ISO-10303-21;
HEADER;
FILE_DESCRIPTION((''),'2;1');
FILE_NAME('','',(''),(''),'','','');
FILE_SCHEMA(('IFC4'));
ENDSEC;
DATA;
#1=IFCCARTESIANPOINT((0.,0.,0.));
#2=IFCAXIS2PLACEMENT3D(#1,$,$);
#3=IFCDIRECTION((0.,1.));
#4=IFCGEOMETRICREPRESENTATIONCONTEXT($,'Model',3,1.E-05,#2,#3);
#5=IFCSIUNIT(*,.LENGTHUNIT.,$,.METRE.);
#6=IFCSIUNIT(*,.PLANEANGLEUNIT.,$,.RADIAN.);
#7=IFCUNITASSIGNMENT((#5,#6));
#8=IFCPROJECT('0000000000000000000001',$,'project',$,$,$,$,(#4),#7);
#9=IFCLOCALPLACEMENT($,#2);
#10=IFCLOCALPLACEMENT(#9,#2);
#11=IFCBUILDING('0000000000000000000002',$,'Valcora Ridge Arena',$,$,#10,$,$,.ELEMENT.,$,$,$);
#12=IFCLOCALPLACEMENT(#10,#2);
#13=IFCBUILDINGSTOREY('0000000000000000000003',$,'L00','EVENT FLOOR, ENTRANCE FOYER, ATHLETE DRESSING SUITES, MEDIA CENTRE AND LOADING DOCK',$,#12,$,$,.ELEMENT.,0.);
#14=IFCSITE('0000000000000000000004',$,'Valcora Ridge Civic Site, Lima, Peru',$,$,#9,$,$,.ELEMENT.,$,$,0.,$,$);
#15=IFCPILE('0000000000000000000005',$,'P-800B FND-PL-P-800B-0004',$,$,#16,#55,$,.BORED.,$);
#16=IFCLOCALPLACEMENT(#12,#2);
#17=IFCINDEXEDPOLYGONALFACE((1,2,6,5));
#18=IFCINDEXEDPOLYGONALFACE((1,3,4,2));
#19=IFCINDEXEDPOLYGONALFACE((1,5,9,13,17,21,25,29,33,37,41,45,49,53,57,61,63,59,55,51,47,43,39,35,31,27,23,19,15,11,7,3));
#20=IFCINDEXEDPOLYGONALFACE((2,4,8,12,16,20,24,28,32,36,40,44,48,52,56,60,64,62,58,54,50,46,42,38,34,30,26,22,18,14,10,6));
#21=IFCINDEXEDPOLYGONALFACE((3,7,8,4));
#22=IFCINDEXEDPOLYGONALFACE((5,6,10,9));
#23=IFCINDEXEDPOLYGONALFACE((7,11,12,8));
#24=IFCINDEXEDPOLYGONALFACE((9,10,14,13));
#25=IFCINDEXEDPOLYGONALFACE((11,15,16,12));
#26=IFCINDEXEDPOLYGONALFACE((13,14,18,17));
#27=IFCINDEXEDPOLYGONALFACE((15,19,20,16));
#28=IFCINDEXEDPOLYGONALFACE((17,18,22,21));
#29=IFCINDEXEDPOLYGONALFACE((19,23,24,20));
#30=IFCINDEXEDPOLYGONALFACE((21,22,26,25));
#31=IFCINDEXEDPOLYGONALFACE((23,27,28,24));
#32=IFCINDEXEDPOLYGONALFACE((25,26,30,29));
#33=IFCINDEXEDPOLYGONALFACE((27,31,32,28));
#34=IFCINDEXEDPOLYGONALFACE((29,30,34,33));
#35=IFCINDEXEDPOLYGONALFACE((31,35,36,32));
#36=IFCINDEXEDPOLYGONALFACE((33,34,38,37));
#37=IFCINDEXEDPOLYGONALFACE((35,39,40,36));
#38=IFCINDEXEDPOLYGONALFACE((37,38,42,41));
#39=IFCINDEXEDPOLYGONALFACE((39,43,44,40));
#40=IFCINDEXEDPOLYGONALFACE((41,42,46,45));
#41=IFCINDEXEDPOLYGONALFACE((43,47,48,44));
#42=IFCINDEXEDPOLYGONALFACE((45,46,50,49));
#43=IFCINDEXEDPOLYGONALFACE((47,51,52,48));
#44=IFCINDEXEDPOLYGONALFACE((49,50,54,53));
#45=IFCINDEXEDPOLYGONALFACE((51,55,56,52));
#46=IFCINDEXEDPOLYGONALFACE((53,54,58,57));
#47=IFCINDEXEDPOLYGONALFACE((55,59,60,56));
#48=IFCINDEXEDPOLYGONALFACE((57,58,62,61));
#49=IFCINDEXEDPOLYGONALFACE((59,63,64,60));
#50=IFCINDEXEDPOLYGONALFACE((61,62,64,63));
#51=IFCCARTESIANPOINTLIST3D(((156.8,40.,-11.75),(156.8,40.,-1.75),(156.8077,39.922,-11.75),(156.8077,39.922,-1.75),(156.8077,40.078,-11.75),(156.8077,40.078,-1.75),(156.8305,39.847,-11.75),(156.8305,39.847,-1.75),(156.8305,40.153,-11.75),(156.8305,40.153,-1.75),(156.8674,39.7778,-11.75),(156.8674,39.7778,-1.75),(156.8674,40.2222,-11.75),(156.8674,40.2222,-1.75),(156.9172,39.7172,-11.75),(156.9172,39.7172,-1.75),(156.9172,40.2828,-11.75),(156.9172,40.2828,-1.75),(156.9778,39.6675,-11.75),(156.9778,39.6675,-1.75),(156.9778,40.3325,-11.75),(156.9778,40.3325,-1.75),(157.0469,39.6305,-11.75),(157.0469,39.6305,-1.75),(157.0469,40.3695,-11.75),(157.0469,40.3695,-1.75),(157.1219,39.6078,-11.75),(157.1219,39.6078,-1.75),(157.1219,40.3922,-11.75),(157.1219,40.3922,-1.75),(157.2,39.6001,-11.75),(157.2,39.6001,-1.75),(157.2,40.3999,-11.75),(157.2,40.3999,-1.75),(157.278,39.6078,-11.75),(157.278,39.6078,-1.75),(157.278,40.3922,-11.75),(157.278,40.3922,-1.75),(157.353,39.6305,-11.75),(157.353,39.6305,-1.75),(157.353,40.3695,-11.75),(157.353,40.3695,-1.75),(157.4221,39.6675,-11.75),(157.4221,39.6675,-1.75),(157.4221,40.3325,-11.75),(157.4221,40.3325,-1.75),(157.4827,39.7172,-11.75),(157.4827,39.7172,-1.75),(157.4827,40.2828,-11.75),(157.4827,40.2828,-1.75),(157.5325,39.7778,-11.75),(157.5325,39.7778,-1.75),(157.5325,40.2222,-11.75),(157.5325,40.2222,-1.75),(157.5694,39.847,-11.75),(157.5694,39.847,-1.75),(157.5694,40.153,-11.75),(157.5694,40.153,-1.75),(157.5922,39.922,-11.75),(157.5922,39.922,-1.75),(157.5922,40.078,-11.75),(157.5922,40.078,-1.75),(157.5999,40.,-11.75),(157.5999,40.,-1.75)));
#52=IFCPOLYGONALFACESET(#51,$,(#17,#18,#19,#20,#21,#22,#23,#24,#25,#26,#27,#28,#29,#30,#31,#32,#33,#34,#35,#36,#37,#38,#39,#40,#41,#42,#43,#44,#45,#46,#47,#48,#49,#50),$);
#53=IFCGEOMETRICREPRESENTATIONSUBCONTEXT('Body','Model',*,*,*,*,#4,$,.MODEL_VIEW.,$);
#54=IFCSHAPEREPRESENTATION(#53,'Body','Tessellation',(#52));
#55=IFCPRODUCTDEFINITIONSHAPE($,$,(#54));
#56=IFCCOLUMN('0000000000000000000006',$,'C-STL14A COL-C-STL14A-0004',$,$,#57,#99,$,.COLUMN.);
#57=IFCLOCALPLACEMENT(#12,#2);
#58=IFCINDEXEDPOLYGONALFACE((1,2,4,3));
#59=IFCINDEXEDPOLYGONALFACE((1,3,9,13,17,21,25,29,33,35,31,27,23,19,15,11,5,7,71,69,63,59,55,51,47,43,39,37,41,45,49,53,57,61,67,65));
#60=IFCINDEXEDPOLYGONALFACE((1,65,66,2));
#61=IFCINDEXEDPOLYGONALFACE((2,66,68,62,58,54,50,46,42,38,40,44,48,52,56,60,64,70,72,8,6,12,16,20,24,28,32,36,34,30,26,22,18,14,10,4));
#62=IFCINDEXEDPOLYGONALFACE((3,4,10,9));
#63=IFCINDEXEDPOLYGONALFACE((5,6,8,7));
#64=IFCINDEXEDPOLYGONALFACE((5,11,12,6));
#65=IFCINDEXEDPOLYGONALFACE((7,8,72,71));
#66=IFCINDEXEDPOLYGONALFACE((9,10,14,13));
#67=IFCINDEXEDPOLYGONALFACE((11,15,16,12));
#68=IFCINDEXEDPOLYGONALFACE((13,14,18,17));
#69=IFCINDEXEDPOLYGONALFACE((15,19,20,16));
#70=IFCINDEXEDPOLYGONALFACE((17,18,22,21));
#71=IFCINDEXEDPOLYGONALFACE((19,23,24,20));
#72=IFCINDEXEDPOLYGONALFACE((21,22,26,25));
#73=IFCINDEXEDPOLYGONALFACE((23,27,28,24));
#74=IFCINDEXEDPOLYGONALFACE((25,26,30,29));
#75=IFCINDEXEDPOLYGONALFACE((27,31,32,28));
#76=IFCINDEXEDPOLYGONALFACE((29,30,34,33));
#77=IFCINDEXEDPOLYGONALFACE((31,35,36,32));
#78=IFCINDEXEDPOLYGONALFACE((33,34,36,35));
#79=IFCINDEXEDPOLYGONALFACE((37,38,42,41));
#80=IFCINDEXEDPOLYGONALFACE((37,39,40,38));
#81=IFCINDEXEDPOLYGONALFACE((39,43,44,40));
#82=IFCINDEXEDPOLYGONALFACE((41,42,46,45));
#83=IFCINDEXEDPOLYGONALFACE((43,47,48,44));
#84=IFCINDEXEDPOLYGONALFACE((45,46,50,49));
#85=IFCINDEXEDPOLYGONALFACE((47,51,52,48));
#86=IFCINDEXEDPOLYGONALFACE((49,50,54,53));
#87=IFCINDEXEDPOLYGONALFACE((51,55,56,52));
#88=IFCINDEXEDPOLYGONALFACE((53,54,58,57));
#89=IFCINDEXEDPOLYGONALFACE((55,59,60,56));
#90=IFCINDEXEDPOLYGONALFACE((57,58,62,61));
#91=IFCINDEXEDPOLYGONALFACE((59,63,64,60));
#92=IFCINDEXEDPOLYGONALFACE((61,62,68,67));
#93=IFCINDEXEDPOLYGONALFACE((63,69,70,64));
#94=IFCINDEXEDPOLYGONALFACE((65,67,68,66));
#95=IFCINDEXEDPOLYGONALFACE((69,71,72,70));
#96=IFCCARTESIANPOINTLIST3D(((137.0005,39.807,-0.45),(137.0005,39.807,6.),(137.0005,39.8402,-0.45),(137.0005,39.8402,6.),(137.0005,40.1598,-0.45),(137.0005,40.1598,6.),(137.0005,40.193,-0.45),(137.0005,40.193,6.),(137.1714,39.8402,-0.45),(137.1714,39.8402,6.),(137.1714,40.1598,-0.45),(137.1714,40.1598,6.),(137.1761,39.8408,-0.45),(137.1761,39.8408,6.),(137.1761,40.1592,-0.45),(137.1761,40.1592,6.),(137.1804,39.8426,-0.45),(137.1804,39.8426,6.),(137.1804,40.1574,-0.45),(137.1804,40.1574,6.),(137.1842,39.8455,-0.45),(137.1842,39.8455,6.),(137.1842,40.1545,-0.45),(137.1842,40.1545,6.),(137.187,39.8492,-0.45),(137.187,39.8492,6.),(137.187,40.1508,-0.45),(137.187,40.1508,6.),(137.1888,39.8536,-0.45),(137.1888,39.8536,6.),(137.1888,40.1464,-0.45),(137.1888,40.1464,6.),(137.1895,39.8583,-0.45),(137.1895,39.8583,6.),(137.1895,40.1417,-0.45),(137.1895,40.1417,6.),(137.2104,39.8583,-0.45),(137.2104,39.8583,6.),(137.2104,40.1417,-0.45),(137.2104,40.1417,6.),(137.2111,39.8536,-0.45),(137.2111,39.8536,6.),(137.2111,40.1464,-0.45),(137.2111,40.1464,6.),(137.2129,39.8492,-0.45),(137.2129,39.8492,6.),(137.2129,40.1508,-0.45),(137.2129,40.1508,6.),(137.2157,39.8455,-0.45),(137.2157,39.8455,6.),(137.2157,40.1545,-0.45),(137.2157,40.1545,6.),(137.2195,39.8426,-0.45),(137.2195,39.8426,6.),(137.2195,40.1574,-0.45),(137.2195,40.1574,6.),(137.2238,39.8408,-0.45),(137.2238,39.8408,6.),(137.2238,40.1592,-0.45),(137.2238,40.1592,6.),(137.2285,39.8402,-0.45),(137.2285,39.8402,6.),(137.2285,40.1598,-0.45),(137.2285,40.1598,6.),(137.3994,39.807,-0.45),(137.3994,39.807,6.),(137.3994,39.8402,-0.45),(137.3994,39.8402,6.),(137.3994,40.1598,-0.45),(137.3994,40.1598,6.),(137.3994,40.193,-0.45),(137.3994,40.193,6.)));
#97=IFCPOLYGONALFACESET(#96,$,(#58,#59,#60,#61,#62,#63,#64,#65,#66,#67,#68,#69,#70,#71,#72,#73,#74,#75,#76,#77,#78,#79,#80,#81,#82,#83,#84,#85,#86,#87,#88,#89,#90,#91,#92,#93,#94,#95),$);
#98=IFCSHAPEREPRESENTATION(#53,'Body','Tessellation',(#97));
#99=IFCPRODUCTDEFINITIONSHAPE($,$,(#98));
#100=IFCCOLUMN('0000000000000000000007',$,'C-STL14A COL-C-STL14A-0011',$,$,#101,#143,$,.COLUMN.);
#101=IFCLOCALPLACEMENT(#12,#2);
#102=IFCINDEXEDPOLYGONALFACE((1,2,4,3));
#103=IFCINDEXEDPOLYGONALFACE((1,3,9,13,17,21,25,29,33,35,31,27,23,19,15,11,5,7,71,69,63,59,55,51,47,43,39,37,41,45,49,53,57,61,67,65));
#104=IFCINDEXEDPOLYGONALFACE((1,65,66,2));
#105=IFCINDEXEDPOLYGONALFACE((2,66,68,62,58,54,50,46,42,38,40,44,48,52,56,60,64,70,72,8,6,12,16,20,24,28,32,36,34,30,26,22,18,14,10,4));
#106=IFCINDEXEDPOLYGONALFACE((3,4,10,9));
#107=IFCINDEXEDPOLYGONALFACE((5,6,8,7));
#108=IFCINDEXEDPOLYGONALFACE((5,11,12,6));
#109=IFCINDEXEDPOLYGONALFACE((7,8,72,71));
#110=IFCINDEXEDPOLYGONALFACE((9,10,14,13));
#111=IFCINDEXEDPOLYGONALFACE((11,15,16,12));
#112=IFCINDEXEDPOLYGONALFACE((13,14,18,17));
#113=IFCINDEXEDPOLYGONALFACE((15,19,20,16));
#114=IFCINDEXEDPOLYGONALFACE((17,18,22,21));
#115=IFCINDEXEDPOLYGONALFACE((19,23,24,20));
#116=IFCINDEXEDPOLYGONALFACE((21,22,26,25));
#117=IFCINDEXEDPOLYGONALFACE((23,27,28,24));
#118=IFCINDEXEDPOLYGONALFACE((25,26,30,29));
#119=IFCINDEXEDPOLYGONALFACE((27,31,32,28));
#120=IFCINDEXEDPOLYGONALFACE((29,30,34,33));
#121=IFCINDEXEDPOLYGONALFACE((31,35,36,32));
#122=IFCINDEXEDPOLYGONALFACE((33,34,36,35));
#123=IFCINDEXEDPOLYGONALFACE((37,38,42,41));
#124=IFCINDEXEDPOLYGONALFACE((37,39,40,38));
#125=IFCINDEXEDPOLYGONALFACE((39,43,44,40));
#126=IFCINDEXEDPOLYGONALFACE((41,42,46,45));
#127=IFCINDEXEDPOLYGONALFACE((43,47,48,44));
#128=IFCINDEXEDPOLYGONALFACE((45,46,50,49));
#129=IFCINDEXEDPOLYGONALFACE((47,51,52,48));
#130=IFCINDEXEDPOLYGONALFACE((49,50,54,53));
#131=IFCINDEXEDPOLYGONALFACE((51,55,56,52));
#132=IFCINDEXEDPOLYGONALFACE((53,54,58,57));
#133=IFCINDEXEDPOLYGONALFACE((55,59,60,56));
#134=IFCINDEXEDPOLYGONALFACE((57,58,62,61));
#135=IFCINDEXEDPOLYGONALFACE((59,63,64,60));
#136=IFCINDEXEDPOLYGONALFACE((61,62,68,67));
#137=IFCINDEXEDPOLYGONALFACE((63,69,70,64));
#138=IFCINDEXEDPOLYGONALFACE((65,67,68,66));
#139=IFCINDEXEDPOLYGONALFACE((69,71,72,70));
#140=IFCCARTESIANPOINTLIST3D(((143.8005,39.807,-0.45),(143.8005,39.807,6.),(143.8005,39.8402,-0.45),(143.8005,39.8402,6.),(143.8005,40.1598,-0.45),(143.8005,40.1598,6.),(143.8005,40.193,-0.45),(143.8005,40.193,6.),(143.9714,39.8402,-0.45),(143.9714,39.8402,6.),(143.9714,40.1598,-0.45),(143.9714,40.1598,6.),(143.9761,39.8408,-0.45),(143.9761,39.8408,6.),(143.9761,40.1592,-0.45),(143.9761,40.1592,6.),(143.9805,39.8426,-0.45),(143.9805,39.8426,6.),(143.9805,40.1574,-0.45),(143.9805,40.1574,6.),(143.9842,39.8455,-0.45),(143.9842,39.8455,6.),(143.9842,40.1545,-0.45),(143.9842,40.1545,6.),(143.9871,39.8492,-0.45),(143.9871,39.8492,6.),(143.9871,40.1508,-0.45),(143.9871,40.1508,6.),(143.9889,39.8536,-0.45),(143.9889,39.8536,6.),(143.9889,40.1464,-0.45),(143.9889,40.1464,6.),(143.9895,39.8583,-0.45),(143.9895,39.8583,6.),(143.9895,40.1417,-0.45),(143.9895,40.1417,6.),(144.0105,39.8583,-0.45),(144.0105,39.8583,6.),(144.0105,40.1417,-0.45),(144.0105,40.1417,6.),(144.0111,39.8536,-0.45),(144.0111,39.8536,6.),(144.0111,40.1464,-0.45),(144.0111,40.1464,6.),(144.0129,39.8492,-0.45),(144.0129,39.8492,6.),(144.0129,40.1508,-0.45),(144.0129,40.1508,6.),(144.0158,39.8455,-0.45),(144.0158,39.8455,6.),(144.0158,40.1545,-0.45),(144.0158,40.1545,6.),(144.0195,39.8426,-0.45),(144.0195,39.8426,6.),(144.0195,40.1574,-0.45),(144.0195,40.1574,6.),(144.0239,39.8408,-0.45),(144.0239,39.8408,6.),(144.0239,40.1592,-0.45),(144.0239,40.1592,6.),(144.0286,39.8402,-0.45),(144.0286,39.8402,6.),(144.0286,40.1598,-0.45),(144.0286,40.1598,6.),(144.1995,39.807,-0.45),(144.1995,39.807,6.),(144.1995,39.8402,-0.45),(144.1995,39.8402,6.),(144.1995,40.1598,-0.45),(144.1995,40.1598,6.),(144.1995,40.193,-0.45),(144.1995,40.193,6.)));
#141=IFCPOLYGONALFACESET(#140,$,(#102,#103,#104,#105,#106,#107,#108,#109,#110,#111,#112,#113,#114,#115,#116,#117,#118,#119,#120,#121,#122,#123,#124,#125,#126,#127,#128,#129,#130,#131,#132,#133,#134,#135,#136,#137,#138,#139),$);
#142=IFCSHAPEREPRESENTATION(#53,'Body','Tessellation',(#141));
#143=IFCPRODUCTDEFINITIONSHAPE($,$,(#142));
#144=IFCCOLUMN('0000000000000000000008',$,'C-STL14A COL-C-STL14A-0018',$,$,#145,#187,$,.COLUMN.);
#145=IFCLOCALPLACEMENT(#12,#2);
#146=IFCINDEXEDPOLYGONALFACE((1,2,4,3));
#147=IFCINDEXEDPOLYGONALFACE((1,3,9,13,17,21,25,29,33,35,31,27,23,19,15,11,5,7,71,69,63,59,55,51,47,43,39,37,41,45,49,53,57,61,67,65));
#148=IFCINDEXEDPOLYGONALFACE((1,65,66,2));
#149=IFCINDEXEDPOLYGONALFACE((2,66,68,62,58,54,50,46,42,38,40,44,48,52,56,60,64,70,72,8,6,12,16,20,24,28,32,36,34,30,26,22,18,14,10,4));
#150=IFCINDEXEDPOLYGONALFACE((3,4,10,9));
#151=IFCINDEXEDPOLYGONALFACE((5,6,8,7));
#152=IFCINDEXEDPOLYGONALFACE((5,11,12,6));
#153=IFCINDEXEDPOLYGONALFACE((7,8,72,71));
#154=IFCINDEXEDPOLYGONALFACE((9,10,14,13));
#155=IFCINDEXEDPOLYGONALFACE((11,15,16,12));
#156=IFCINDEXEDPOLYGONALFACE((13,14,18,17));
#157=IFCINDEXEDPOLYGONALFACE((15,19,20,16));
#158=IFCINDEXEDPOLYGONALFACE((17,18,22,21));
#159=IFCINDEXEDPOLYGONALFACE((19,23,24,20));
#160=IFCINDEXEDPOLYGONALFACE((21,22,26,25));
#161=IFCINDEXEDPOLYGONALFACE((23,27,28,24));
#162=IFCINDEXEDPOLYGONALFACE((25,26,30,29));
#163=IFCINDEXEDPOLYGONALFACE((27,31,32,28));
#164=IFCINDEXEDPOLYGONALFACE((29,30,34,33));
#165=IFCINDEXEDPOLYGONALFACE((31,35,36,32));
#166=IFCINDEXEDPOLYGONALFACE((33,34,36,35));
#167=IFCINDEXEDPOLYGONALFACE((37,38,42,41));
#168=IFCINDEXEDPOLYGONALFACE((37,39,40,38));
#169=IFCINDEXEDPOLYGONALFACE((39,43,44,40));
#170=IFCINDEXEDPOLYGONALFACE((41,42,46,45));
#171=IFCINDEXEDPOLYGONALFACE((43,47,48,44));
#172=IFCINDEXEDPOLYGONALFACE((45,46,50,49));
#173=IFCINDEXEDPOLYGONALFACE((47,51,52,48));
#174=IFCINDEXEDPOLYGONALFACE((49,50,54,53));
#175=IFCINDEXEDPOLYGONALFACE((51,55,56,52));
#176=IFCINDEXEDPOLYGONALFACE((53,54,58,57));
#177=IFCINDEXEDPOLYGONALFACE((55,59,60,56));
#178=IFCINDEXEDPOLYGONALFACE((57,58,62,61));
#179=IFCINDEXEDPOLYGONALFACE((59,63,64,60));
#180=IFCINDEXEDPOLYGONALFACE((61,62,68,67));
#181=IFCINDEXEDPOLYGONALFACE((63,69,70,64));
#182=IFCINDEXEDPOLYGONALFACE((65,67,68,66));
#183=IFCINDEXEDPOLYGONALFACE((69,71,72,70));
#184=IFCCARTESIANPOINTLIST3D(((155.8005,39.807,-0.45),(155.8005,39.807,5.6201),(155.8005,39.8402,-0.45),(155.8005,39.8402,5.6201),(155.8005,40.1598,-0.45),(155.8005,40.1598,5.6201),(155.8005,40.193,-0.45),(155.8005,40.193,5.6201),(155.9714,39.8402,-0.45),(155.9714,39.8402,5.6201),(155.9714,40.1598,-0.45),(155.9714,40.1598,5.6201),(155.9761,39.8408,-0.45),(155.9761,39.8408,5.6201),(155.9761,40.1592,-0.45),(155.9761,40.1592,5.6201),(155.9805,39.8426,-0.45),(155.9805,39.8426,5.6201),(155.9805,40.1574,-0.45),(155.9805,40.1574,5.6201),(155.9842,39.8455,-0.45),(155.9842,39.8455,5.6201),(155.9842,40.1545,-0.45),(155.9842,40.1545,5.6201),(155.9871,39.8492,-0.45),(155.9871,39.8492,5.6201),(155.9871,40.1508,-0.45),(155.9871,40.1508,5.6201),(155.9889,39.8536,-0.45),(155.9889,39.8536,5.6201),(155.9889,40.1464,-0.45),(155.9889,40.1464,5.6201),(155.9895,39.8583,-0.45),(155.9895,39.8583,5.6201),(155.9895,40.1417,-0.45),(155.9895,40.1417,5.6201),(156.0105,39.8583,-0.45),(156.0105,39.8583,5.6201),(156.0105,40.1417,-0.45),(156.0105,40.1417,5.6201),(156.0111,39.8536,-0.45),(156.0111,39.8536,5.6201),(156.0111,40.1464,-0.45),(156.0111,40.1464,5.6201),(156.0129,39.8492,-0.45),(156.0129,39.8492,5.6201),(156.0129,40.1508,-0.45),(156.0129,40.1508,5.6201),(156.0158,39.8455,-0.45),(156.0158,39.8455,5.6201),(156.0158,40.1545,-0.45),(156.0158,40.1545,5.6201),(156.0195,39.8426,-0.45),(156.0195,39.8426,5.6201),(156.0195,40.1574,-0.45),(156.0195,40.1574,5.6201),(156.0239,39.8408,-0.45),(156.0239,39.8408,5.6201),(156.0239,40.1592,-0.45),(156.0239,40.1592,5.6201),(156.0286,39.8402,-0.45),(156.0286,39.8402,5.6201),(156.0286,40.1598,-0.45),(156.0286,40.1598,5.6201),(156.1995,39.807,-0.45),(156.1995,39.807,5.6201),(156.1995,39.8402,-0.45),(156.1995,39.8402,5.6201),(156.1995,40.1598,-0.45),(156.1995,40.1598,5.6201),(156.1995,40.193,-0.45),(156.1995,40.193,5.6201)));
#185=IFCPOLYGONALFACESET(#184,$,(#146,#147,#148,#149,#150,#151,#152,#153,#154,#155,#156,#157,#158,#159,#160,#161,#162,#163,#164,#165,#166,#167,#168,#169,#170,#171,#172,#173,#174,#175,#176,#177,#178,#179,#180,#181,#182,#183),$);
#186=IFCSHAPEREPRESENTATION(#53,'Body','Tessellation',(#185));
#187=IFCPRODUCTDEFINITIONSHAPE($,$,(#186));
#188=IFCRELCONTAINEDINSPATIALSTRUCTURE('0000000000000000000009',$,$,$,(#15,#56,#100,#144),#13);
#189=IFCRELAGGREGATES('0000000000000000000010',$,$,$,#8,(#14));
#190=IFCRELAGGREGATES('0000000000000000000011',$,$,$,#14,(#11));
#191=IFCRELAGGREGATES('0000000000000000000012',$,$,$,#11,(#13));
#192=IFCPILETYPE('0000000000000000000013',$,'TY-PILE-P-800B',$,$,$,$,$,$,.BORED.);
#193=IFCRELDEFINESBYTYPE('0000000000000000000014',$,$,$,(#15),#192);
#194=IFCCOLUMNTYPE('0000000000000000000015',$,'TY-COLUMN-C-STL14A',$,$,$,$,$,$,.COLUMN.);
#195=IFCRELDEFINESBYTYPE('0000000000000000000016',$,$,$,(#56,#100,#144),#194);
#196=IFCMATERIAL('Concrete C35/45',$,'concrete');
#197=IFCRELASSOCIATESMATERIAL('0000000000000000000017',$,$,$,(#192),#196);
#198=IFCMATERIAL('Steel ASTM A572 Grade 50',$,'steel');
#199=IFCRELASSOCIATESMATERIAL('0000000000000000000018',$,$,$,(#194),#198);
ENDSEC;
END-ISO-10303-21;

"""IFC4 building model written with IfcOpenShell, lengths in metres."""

from ifc_helpers import new_model, si_unit, direction, frame, origin, origin_2d, place, context, subcontext, project, spatial, circle, i_section, extrude, material, material_profile, profile_set, type_object, element, save


model = new_model("IFC4")

# Units and contexts
model_context = context("Model", 3, precision=1e-05, world=origin(), true_north=direction((0.0, 1.0)))
body_context = subcontext(model_context, "Body", "Model", "MODEL_VIEW")
ifc_project = project(units=[si_unit("LENGTHUNIT", "METRE"), si_unit("PLANEANGLEUNIT", "RADIAN")], contexts=[model_context])

# Site, building, storey
site_placement = place(None, origin())
site = spatial("IfcSite", under=ifc_project, at=site_placement, Name="Valcora Ridge Civic Site, Lima, Peru", CompositionType="ELEMENT", RefElevation=0.0)
building_placement = place(site_placement, origin())
building = spatial("IfcBuilding", under=site, at=building_placement, Name="Valcora Ridge Arena", CompositionType="ELEMENT")
storey_placement = place(building_placement, origin())
storey = spatial("IfcBuildingStorey", under=building, at=storey_placement, Name="L00", Description="EVENT FLOOR, ENTRANCE FOYER, ATHLETE DRESSING SUITES, MEDIA CENTRE AND LOADING DOCK", CompositionType="ELEMENT", Elevation=0.0)

# Pile
ifc_material_1 = material(Name="Concrete C35/45", Category="concrete")
ifc_material_profile_1 = material_profile(ifc_material_1, circle(Radius=0.3999, at=origin_2d()), Name="BORED PILE D800")
ifc_profile_set_1 = profile_set([ifc_material_profile_1], Name="Concrete C35/45")
pile_type_1 = type_object("IfcPileType", Name="TY-PILE-P-800B", PredefinedType="BORED", material=ifc_profile_set_1)
for number, where, z_axis, x_axis, name in (
    (1, (157.2, 40.0, -1.75), (0.0, 0.0, -1.0), (1.0, 0.0, 0.0), "P-800B FND-PL-P-800B-0004"),
):
    element("IfcPile", number, at=place(storey_placement, frame(where, z_axis=z_axis, x_axis=x_axis)), inside=storey, type_object=pile_type_1, Name=name, PredefinedType="BORED", context=body_context, shape_type="SweptSolid", body=[
        extrude(circle(Radius=0.3999, at=origin_2d()), origin(), (0.0, 0.0, 1.0), 10.0),
    ])

# Columns
ifc_material_2 = material(Name="Steel ASTM A572 Grade 50", Category="steel")
ifc_material_profile_2 = material_profile(ifc_material_2, i_section(OverallWidth=0.3989, OverallDepth=0.386, WebThickness=0.021, FlangeThickness=0.0332, FilletRadius=0.0181, at=origin_2d()), Name="W14X176")
ifc_profile_set_2 = profile_set([ifc_material_profile_2], Name="Steel ASTM A572 Grade 50")
column_type = type_object("IfcColumnType", Name="TY-COLUMN-C-STL14A", PredefinedType="COLUMN", material=ifc_profile_set_2)
for number, where, z_axis, x_axis, name in (
    (2, (137.2, 40.0, -0.45), (0.0, 0.0, 1.0), (1.0, 0.0, 0.0), "C-STL14A COL-C-STL14A-0004"),
    (3, (144.0, 40.0, -0.45), (0.0, 0.0, 1.0), (1.0, 0.0, 0.0), "C-STL14A COL-C-STL14A-0011"),
):
    element("IfcColumn", number, at=place(storey_placement, frame(where, z_axis=z_axis, x_axis=x_axis)), inside=storey, type_object=column_type, Name=name, PredefinedType="COLUMN", context=body_context, shape_type="SweptSolid", body=[
        extrude(i_section(OverallWidth=0.3989, OverallDepth=0.386, WebThickness=0.021, FlangeThickness=0.0332, FilletRadius=0.0181, at=origin_2d()), origin(), (0.0, 0.0, 1.0), 6.45),
    ])
column_placement = place(storey_placement, frame((156.0, 40.0, -0.45), z_axis=(0.0, 0.0, 1.0), x_axis=(1.0, 0.0, 0.0)))
element("IfcColumn", 4, at=column_placement, inside=storey, type_object=column_type, Name="C-STL14A COL-C-STL14A-0018", PredefinedType="COLUMN", context=body_context, shape_type="SweptSolid", body=[
    extrude(i_section(OverallWidth=0.3989, OverallDepth=0.386, WebThickness=0.021, FlangeThickness=0.0332, FilletRadius=0.0181, at=origin_2d()), origin(), (0.0, 0.0, 1.0), 6.0701),
])

save(model, "model.ifc")
